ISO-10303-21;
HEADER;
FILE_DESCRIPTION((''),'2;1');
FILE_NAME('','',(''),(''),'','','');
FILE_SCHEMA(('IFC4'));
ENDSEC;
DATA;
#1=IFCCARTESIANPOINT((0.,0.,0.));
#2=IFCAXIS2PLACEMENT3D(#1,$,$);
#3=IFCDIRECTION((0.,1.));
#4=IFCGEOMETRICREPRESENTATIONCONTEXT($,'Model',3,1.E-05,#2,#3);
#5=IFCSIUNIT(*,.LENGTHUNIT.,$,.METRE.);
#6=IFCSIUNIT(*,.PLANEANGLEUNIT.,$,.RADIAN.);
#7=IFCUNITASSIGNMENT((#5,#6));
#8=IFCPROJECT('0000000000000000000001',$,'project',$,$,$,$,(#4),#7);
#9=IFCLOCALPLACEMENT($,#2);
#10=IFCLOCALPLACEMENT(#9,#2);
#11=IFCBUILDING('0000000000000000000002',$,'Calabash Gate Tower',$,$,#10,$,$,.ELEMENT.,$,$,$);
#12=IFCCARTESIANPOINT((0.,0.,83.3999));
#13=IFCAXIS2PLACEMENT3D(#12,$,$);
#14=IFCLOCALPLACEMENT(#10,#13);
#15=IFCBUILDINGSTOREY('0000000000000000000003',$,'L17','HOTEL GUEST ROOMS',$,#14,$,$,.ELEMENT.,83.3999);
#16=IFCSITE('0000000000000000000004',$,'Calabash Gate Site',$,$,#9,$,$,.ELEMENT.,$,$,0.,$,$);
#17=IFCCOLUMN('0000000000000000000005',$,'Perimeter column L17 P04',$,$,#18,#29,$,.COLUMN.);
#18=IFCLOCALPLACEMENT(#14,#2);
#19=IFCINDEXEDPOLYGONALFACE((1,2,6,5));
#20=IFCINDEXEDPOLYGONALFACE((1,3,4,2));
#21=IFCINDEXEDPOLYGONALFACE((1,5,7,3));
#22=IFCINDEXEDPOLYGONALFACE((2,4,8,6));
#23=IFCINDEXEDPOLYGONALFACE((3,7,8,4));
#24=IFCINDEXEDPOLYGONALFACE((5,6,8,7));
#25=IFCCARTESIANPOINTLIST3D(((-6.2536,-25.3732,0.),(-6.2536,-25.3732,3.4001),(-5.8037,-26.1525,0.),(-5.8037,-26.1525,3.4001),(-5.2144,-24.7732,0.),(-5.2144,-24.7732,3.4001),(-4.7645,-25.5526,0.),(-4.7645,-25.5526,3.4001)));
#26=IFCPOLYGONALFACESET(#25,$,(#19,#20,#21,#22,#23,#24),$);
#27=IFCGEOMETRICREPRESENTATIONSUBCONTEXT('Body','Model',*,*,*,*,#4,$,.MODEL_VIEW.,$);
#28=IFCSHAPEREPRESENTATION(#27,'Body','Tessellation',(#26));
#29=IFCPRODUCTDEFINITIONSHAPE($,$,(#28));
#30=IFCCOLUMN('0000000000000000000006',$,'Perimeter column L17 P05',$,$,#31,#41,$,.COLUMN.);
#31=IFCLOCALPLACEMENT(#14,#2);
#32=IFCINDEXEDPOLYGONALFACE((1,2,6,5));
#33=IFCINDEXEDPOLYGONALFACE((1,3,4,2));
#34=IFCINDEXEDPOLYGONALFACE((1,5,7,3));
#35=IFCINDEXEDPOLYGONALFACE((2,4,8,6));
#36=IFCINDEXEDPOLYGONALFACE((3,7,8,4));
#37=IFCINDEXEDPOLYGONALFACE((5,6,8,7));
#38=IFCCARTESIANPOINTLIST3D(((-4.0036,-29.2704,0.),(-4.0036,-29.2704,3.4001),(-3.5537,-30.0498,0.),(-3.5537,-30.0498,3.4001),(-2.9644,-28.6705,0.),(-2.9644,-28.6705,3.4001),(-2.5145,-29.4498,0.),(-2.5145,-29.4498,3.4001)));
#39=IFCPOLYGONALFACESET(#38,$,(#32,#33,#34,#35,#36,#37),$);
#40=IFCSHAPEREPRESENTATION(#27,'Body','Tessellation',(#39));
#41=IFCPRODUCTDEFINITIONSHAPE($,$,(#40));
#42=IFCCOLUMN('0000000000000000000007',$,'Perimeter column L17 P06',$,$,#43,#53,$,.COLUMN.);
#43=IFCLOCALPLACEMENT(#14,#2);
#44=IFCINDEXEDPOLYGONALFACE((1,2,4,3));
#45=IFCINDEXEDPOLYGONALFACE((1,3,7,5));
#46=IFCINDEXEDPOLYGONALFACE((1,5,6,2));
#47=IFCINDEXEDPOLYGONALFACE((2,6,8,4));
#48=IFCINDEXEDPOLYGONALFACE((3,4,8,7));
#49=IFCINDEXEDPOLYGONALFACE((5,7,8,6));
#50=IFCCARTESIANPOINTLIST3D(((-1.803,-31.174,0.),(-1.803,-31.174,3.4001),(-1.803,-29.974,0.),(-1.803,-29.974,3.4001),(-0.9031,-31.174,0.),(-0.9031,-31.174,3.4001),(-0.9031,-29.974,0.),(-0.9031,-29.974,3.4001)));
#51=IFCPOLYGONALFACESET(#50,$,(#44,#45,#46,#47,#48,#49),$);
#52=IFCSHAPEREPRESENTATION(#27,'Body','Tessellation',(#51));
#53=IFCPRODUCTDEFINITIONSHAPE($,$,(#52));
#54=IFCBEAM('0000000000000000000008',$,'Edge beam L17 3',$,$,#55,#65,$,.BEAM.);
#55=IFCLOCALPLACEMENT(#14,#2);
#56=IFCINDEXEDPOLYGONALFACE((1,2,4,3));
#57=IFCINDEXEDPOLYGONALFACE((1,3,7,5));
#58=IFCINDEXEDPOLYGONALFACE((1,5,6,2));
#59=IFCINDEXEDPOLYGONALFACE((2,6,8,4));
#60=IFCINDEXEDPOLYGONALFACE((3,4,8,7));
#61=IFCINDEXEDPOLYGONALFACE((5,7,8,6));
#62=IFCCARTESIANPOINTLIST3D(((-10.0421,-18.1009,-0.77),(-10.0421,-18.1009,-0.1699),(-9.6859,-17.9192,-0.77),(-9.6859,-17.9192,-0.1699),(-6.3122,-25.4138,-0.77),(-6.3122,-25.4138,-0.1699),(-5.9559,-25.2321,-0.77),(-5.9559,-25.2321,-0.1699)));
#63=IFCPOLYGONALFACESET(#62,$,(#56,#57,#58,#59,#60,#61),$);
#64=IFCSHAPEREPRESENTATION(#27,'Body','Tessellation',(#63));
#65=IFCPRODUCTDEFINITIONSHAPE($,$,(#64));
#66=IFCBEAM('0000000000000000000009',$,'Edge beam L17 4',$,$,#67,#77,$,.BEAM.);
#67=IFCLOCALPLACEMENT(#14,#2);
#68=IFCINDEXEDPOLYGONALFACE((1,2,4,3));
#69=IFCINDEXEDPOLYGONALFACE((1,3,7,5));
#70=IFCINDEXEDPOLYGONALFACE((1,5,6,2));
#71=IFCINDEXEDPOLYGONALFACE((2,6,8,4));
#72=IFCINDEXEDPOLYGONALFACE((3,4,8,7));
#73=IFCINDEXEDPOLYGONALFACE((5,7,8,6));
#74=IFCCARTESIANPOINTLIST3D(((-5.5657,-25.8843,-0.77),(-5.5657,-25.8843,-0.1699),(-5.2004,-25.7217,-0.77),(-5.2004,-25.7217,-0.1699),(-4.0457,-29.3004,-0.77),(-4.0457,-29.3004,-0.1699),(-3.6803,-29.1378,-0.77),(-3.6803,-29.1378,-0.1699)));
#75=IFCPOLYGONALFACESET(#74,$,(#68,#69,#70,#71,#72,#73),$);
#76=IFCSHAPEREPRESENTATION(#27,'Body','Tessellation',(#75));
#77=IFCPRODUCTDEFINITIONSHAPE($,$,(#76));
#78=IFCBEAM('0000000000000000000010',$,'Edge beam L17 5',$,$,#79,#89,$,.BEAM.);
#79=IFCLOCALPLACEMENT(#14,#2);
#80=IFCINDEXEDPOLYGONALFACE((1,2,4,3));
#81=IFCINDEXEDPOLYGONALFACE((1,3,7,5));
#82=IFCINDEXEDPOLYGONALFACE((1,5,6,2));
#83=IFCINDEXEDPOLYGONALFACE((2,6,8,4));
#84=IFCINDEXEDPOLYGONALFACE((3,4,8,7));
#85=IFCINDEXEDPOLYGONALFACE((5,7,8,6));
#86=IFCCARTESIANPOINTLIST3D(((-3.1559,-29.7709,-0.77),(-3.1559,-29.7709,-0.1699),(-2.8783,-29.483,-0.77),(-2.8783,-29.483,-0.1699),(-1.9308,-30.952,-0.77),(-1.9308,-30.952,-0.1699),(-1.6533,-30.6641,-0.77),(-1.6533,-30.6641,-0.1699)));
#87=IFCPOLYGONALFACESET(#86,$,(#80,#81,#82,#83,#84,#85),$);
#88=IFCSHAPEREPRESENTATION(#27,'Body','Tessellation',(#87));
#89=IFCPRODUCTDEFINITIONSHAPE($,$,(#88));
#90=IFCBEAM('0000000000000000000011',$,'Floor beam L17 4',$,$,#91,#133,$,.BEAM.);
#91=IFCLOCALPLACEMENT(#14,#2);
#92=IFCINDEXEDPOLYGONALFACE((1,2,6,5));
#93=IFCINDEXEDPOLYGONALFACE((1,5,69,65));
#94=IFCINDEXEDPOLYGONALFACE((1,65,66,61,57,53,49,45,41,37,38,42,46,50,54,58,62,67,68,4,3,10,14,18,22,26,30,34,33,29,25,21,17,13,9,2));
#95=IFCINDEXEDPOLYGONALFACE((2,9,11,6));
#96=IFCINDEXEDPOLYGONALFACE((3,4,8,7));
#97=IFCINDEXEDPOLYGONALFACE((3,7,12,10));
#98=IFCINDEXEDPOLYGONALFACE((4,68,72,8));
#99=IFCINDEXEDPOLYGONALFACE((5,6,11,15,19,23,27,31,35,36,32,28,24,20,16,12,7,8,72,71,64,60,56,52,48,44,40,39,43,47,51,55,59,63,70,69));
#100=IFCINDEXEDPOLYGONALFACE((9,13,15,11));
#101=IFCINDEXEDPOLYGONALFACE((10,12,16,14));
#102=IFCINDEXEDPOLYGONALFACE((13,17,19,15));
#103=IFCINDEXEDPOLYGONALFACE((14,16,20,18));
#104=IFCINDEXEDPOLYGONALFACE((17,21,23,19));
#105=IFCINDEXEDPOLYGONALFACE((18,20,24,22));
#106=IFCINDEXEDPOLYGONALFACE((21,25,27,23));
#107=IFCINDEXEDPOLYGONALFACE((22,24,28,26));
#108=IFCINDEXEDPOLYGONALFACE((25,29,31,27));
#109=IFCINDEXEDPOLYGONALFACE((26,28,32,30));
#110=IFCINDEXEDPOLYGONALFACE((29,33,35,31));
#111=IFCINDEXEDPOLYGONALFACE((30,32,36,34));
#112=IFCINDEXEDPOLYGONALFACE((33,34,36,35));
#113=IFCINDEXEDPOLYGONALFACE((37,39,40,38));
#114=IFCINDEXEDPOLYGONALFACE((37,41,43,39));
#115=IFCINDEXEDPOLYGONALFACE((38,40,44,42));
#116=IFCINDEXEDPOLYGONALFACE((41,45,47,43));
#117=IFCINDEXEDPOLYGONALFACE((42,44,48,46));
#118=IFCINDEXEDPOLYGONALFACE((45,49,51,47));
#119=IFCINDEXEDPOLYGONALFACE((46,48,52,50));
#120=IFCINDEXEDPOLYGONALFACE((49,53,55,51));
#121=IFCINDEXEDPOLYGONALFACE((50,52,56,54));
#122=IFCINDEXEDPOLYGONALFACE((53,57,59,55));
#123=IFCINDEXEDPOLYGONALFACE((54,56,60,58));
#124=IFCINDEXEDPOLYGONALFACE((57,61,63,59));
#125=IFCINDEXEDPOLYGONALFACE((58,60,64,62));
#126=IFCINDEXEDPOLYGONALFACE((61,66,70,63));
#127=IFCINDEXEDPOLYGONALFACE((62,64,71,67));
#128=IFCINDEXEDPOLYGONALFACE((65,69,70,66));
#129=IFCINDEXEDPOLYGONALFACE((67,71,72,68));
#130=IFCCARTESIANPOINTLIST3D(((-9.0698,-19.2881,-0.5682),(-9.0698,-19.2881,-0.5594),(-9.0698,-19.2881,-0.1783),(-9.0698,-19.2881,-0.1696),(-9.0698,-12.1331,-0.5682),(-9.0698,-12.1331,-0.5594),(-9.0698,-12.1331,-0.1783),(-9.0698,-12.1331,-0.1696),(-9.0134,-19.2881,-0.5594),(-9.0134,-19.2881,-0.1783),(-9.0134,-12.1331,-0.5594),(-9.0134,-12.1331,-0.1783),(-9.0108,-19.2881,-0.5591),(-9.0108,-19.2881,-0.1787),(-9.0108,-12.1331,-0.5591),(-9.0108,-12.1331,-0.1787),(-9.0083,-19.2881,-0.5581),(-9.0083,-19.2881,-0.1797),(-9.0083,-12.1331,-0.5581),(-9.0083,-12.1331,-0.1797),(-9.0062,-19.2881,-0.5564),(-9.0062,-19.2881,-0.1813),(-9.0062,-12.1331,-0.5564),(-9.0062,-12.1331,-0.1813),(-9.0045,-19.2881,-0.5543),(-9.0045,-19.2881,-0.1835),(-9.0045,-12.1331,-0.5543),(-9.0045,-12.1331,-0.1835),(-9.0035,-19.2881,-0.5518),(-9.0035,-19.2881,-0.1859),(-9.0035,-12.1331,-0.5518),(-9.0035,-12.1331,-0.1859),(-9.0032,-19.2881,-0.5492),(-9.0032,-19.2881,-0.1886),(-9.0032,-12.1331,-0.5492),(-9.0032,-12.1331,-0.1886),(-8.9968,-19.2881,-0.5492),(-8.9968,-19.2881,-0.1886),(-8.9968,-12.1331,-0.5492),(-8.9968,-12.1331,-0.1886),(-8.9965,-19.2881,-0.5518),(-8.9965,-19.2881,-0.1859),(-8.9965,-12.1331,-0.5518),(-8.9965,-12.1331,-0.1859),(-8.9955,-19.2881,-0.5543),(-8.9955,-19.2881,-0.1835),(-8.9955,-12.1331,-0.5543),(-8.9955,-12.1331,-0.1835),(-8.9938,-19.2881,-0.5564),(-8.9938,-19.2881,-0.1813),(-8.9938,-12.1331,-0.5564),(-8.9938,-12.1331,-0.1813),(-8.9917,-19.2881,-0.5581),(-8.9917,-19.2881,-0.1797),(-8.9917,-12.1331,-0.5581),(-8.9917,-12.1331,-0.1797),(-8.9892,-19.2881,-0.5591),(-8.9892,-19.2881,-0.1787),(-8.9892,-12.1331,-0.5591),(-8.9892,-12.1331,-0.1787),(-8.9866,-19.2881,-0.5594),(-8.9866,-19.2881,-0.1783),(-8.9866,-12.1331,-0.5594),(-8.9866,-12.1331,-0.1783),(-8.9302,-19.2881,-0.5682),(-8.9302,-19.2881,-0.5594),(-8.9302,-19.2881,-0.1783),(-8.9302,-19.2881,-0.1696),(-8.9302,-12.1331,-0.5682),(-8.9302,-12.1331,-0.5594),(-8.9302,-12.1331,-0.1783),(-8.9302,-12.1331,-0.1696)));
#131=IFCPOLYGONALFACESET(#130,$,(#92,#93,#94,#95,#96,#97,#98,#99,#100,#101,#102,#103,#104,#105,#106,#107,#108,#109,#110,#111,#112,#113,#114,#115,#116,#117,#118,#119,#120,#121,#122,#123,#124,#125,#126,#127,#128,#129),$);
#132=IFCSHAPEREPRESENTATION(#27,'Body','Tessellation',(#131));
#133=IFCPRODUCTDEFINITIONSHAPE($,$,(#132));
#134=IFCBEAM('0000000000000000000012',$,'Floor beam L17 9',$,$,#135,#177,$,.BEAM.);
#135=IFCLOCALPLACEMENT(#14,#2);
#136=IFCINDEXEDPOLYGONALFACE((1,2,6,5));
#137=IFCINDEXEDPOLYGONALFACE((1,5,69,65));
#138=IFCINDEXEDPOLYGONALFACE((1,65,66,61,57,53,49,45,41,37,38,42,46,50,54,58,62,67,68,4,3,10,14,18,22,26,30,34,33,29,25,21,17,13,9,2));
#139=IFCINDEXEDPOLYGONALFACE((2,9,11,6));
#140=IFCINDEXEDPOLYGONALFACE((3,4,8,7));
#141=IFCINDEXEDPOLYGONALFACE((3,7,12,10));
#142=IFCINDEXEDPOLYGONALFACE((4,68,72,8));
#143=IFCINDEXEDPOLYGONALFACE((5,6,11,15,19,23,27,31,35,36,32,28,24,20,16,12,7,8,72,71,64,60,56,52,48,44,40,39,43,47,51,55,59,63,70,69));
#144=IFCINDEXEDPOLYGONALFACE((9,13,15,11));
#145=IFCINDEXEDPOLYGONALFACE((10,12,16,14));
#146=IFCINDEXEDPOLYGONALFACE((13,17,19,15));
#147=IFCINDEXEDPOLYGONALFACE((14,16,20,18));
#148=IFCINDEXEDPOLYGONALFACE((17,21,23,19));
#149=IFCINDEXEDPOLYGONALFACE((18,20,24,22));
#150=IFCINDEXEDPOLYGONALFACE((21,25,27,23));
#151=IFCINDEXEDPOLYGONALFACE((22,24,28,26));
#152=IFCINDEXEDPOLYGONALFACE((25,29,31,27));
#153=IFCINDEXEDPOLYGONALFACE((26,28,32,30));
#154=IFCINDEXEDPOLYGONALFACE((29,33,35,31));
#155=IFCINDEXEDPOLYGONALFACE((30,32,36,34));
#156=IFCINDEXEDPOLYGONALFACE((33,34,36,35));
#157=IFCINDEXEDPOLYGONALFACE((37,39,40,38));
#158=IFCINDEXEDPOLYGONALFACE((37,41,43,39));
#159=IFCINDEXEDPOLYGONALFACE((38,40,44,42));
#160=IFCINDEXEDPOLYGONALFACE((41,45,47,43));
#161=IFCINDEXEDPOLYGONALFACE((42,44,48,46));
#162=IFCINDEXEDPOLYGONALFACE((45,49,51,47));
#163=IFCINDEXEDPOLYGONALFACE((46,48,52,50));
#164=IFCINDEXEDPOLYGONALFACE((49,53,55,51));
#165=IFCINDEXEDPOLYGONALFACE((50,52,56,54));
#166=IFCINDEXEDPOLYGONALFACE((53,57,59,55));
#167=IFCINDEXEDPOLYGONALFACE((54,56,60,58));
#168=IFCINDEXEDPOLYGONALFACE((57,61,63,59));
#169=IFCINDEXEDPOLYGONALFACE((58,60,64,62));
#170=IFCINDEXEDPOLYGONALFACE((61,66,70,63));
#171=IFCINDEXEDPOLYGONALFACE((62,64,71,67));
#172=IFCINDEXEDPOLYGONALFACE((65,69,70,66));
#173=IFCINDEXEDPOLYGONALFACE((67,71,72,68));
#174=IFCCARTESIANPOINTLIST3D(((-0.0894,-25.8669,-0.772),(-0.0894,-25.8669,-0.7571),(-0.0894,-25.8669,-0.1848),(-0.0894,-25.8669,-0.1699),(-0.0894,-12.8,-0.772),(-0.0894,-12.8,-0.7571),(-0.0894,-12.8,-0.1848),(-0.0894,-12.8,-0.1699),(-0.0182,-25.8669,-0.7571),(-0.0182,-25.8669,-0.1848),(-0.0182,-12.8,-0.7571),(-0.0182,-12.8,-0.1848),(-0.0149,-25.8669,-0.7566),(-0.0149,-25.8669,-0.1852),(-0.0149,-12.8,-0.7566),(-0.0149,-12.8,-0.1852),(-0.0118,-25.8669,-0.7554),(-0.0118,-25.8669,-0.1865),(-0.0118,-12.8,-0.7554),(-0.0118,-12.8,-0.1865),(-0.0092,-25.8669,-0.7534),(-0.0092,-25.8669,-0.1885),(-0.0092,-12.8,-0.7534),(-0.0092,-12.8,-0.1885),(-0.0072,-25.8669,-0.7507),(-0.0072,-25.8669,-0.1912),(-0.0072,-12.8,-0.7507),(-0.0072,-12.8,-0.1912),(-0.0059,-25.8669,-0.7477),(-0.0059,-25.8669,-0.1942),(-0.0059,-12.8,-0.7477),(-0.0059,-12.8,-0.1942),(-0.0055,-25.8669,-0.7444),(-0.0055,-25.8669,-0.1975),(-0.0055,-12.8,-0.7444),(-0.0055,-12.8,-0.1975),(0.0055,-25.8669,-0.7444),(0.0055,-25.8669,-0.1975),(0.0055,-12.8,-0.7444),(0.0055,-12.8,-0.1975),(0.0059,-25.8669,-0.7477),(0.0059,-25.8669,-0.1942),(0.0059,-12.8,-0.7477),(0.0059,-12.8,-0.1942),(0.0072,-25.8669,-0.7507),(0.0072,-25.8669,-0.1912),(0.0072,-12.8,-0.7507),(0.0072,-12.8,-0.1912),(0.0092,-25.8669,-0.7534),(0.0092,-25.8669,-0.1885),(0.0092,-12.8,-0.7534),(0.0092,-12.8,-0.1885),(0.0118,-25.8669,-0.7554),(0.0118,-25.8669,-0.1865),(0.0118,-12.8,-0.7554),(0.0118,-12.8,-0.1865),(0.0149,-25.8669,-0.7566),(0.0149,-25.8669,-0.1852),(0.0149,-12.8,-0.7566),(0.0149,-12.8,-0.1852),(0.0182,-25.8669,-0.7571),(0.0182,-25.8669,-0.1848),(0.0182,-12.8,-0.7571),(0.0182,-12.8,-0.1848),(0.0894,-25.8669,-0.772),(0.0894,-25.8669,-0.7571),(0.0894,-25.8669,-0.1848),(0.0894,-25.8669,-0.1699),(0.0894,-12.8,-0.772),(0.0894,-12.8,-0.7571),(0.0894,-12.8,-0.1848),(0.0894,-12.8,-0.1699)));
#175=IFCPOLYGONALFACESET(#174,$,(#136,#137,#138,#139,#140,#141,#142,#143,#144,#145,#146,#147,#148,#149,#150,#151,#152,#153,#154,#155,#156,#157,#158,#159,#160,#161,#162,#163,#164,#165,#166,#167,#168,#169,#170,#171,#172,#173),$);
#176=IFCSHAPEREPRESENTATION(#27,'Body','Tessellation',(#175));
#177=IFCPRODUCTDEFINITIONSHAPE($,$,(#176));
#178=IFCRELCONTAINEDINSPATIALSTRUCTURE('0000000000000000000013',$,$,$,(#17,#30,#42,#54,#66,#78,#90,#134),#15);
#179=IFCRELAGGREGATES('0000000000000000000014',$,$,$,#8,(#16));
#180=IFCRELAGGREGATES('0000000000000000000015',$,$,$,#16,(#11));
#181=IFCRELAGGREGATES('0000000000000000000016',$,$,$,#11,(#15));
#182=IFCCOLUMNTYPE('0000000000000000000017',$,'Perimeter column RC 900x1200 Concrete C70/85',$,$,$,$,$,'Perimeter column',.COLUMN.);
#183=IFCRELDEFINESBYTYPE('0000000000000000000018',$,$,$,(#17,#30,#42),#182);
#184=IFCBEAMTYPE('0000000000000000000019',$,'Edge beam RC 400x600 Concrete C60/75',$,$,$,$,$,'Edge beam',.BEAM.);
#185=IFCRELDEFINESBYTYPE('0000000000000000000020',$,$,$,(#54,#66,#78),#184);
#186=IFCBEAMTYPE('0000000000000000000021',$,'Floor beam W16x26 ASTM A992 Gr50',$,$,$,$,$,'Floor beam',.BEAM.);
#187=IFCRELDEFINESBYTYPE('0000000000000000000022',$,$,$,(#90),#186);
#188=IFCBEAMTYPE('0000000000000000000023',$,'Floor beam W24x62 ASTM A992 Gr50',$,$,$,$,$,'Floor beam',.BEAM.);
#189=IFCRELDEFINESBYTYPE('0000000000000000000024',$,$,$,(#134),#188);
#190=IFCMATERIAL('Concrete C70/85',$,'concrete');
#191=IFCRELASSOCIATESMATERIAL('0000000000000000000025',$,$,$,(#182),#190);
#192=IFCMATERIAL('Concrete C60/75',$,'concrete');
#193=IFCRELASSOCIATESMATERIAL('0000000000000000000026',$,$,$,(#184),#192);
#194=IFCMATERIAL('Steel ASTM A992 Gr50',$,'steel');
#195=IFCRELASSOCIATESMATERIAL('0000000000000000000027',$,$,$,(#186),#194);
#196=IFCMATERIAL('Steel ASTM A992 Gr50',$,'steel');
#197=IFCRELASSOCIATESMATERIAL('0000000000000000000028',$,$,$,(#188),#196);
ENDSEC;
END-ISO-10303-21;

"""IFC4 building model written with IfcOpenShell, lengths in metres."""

from ifc_helpers import new_model, si_unit, direction, frame, origin, origin_2d, place, context, subcontext, project, spatial, rectangle, i_section, extrude, material, material_profile, profile_set, type_object, element, save


model = new_model("IFC4")

# Units and contexts
model_context = context("Model", 3, precision=1e-05, world=origin(), true_north=direction((0.0, 1.0)))
body_context = subcontext(model_context, "Body", "Model", "MODEL_VIEW")
ifc_project = project(units=[si_unit("LENGTHUNIT", "METRE"), si_unit("PLANEANGLEUNIT", "RADIAN")], contexts=[model_context])

# Site, building, storey
site_placement = place(None, origin())
site = spatial("IfcSite", under=ifc_project, at=site_placement, Name="Calabash Gate Site", CompositionType="ELEMENT", RefElevation=0.0)
building_placement = place(site_placement, origin())
building = spatial("IfcBuilding", under=site, at=building_placement, Name="Calabash Gate Tower", CompositionType="ELEMENT")
storey_placement = place(building_placement, frame((0.0, 0.0, 83.3999)))
storey = spatial("IfcBuildingStorey", under=building, at=storey_placement, Name="L17", Description="HOTEL GUEST ROOMS", CompositionType="ELEMENT", Elevation=83.3999)

# Columns
ifc_material_1 = material(Name="Concrete C70/85", Category="concrete")
ifc_material_profile_1 = material_profile(ifc_material_1, rectangle(XDim=0.8999, YDim=1.2, at=origin_2d()))
ifc_profile_set_1 = profile_set([ifc_material_profile_1], Name="Concrete C70/85")
column_type = type_object("IfcColumnType", Name="Perimeter column RC 900x1200 Concrete C70/85", ElementType="Perimeter column", PredefinedType="COLUMN", material=ifc_profile_set_1)
for number, where, z_axis, x_axis, name in (
    (1, (-5.509, -25.4629, 0.0), (0.0, 0.0, 1.0), (0.5, -0.866025, 0.0), "Perimeter column L17 P04"),
    (2, (-3.259, -29.3601, 0.0), (0.0, 0.0, 1.0), (0.5, -0.866025, 0.0), "Perimeter column L17 P05"),
    (3, (-1.353, -30.574, 0.0), (0.0, 0.0, 1.0), (1.0, 0.0, 0.0), "Perimeter column L17 P06"),
):
    element("IfcColumn", number, at=place(storey_placement, frame(where, z_axis=z_axis, x_axis=x_axis)), inside=storey, type_object=column_type, Name=name, PredefinedType="COLUMN", context=body_context, shape_type="SweptSolid", body=[
        extrude(rectangle(XDim=0.8999, YDim=1.2, at=origin_2d()), origin(), (0.0, 0.0, 1.0), 3.4001),
    ])

# Beams
ifc_material_2 = material(Name="Concrete C60/75", Category="concrete")
ifc_material_profile_2 = material_profile(ifc_material_2, rectangle(XDim=0.3999, YDim=0.6001, at=origin_2d()))
ifc_profile_set_2 = profile_set([ifc_material_profile_2], Name="Concrete C60/75")
beam_type_1 = type_object("IfcBeamType", Name="Edge beam RC 400x600 Concrete C60/75", ElementType="Edge beam", PredefinedType="BEAM", material=ifc_profile_set_2)
beam_1_placement = place(storey_placement, frame((-9.864, -18.01, -0.47), z_axis=(0.454361, -0.890818, 0.0), x_axis=(0.890818, 0.454361, 0.0)))
element("IfcBeam", 4, at=beam_1_placement, inside=storey, type_object=beam_type_1, Name="Edge beam L17 3", PredefinedType="BEAM", context=body_context, shape_type="SweptSolid", body=[
    extrude(rectangle(XDim=0.3999, YDim=0.6001, at=origin_2d()), origin(), (0.0, 0.0, 1.0), 8.2092),
])
beam_2_placement = place(storey_placement, frame((-5.3831, -25.803, -0.47), z_axis=(0.406538, -0.913634, 0.0), x_axis=(0.913634, 0.406538, 0.0)))
element("IfcBeam", 5, at=beam_2_placement, inside=storey, type_object=beam_type_1, Name="Edge beam L17 4", PredefinedType="BEAM", context=body_context, shape_type="SweptSolid", body=[
    extrude(rectangle(XDim=0.3999, YDim=0.6001, at=origin_2d()), origin(), (0.0, 0.0, 1.0), 3.739),
])
beam_3_placement = place(storey_placement, frame((-3.0171, -29.627, -0.47), z_axis=(0.719901, -0.694077, 0.0), x_axis=(0.694077, 0.719901, 0.0)))
element("IfcBeam", 6, at=beam_3_placement, inside=storey, type_object=beam_type_1, Name="Edge beam L17 5", PredefinedType="BEAM", context=body_context, shape_type="SweptSolid", body=[
    extrude(rectangle(XDim=0.3999, YDim=0.6001, at=origin_2d()), origin(), (0.0, 0.0, 1.0), 1.7017),
])
ifc_material_3 = material(Name="Steel ASTM A992 Gr50", Category="steel")
ifc_material_profile_3 = material_profile(ifc_material_3, i_section(OverallWidth=0.1396, OverallDepth=0.3987, WebThickness=0.0063, FlangeThickness=0.0088, FilletRadius=0.0103, at=origin_2d()))
ifc_profile_set_3 = profile_set([ifc_material_profile_3], Name="Steel ASTM A992 Gr50")
beam_type_2 = type_object("IfcBeamType", Name="Floor beam W16x26 ASTM A992 Gr50", ElementType="Floor beam", PredefinedType="BEAM", material=ifc_profile_set_3)
beam_4_placement = place(storey_placement, frame((-9.0, -19.2881, -0.3689), z_axis=(0.0, 1.0, 0.0), x_axis=(-1.0, 0.0, 0.0)))
element("IfcBeam", 7, at=beam_4_placement, inside=storey, type_object=beam_type_2, Name="Floor beam L17 4", PredefinedType="BEAM", context=body_context, shape_type="SweptSolid", body=[
    extrude(i_section(OverallWidth=0.1396, OverallDepth=0.3987, WebThickness=0.0063, FlangeThickness=0.0088, FilletRadius=0.0103, at=origin_2d()), origin(), (0.0, 0.0, 1.0), 7.155),
])
ifc_material_4 = material(Name="Steel ASTM A992 Gr50", Category="steel")
ifc_material_profile_4 = material_profile(ifc_material_4, i_section(OverallWidth=0.1787, OverallDepth=0.6021, WebThickness=0.011, FlangeThickness=0.0149, FilletRadius=0.0127, at=origin_2d()))
ifc_profile_set_4 = profile_set([ifc_material_profile_4], Name="Steel ASTM A992 Gr50")
beam_type_3 = type_object("IfcBeamType", Name="Floor beam W24x62 ASTM A992 Gr50", ElementType="Floor beam", PredefinedType="BEAM", material=ifc_profile_set_4)
beam_5_placement = place(storey_placement, frame((0.0, -25.8669, -0.4709), z_axis=(0.0, 1.0, 0.0), x_axis=(-1.0, 0.0, 0.0)))
element("IfcBeam", 8, at=beam_5_placement, inside=storey, type_object=beam_type_3, Name="Floor beam L17 9", PredefinedType="BEAM", context=body_context, shape_type="SweptSolid", body=[
    extrude(i_section(OverallWidth=0.1787, OverallDepth=0.6021, WebThickness=0.011, FlangeThickness=0.0149, FilletRadius=0.0127, at=origin_2d()), origin(), (0.0, 0.0, 1.0), 13.0669),
])

save(model, "model.ifc")
